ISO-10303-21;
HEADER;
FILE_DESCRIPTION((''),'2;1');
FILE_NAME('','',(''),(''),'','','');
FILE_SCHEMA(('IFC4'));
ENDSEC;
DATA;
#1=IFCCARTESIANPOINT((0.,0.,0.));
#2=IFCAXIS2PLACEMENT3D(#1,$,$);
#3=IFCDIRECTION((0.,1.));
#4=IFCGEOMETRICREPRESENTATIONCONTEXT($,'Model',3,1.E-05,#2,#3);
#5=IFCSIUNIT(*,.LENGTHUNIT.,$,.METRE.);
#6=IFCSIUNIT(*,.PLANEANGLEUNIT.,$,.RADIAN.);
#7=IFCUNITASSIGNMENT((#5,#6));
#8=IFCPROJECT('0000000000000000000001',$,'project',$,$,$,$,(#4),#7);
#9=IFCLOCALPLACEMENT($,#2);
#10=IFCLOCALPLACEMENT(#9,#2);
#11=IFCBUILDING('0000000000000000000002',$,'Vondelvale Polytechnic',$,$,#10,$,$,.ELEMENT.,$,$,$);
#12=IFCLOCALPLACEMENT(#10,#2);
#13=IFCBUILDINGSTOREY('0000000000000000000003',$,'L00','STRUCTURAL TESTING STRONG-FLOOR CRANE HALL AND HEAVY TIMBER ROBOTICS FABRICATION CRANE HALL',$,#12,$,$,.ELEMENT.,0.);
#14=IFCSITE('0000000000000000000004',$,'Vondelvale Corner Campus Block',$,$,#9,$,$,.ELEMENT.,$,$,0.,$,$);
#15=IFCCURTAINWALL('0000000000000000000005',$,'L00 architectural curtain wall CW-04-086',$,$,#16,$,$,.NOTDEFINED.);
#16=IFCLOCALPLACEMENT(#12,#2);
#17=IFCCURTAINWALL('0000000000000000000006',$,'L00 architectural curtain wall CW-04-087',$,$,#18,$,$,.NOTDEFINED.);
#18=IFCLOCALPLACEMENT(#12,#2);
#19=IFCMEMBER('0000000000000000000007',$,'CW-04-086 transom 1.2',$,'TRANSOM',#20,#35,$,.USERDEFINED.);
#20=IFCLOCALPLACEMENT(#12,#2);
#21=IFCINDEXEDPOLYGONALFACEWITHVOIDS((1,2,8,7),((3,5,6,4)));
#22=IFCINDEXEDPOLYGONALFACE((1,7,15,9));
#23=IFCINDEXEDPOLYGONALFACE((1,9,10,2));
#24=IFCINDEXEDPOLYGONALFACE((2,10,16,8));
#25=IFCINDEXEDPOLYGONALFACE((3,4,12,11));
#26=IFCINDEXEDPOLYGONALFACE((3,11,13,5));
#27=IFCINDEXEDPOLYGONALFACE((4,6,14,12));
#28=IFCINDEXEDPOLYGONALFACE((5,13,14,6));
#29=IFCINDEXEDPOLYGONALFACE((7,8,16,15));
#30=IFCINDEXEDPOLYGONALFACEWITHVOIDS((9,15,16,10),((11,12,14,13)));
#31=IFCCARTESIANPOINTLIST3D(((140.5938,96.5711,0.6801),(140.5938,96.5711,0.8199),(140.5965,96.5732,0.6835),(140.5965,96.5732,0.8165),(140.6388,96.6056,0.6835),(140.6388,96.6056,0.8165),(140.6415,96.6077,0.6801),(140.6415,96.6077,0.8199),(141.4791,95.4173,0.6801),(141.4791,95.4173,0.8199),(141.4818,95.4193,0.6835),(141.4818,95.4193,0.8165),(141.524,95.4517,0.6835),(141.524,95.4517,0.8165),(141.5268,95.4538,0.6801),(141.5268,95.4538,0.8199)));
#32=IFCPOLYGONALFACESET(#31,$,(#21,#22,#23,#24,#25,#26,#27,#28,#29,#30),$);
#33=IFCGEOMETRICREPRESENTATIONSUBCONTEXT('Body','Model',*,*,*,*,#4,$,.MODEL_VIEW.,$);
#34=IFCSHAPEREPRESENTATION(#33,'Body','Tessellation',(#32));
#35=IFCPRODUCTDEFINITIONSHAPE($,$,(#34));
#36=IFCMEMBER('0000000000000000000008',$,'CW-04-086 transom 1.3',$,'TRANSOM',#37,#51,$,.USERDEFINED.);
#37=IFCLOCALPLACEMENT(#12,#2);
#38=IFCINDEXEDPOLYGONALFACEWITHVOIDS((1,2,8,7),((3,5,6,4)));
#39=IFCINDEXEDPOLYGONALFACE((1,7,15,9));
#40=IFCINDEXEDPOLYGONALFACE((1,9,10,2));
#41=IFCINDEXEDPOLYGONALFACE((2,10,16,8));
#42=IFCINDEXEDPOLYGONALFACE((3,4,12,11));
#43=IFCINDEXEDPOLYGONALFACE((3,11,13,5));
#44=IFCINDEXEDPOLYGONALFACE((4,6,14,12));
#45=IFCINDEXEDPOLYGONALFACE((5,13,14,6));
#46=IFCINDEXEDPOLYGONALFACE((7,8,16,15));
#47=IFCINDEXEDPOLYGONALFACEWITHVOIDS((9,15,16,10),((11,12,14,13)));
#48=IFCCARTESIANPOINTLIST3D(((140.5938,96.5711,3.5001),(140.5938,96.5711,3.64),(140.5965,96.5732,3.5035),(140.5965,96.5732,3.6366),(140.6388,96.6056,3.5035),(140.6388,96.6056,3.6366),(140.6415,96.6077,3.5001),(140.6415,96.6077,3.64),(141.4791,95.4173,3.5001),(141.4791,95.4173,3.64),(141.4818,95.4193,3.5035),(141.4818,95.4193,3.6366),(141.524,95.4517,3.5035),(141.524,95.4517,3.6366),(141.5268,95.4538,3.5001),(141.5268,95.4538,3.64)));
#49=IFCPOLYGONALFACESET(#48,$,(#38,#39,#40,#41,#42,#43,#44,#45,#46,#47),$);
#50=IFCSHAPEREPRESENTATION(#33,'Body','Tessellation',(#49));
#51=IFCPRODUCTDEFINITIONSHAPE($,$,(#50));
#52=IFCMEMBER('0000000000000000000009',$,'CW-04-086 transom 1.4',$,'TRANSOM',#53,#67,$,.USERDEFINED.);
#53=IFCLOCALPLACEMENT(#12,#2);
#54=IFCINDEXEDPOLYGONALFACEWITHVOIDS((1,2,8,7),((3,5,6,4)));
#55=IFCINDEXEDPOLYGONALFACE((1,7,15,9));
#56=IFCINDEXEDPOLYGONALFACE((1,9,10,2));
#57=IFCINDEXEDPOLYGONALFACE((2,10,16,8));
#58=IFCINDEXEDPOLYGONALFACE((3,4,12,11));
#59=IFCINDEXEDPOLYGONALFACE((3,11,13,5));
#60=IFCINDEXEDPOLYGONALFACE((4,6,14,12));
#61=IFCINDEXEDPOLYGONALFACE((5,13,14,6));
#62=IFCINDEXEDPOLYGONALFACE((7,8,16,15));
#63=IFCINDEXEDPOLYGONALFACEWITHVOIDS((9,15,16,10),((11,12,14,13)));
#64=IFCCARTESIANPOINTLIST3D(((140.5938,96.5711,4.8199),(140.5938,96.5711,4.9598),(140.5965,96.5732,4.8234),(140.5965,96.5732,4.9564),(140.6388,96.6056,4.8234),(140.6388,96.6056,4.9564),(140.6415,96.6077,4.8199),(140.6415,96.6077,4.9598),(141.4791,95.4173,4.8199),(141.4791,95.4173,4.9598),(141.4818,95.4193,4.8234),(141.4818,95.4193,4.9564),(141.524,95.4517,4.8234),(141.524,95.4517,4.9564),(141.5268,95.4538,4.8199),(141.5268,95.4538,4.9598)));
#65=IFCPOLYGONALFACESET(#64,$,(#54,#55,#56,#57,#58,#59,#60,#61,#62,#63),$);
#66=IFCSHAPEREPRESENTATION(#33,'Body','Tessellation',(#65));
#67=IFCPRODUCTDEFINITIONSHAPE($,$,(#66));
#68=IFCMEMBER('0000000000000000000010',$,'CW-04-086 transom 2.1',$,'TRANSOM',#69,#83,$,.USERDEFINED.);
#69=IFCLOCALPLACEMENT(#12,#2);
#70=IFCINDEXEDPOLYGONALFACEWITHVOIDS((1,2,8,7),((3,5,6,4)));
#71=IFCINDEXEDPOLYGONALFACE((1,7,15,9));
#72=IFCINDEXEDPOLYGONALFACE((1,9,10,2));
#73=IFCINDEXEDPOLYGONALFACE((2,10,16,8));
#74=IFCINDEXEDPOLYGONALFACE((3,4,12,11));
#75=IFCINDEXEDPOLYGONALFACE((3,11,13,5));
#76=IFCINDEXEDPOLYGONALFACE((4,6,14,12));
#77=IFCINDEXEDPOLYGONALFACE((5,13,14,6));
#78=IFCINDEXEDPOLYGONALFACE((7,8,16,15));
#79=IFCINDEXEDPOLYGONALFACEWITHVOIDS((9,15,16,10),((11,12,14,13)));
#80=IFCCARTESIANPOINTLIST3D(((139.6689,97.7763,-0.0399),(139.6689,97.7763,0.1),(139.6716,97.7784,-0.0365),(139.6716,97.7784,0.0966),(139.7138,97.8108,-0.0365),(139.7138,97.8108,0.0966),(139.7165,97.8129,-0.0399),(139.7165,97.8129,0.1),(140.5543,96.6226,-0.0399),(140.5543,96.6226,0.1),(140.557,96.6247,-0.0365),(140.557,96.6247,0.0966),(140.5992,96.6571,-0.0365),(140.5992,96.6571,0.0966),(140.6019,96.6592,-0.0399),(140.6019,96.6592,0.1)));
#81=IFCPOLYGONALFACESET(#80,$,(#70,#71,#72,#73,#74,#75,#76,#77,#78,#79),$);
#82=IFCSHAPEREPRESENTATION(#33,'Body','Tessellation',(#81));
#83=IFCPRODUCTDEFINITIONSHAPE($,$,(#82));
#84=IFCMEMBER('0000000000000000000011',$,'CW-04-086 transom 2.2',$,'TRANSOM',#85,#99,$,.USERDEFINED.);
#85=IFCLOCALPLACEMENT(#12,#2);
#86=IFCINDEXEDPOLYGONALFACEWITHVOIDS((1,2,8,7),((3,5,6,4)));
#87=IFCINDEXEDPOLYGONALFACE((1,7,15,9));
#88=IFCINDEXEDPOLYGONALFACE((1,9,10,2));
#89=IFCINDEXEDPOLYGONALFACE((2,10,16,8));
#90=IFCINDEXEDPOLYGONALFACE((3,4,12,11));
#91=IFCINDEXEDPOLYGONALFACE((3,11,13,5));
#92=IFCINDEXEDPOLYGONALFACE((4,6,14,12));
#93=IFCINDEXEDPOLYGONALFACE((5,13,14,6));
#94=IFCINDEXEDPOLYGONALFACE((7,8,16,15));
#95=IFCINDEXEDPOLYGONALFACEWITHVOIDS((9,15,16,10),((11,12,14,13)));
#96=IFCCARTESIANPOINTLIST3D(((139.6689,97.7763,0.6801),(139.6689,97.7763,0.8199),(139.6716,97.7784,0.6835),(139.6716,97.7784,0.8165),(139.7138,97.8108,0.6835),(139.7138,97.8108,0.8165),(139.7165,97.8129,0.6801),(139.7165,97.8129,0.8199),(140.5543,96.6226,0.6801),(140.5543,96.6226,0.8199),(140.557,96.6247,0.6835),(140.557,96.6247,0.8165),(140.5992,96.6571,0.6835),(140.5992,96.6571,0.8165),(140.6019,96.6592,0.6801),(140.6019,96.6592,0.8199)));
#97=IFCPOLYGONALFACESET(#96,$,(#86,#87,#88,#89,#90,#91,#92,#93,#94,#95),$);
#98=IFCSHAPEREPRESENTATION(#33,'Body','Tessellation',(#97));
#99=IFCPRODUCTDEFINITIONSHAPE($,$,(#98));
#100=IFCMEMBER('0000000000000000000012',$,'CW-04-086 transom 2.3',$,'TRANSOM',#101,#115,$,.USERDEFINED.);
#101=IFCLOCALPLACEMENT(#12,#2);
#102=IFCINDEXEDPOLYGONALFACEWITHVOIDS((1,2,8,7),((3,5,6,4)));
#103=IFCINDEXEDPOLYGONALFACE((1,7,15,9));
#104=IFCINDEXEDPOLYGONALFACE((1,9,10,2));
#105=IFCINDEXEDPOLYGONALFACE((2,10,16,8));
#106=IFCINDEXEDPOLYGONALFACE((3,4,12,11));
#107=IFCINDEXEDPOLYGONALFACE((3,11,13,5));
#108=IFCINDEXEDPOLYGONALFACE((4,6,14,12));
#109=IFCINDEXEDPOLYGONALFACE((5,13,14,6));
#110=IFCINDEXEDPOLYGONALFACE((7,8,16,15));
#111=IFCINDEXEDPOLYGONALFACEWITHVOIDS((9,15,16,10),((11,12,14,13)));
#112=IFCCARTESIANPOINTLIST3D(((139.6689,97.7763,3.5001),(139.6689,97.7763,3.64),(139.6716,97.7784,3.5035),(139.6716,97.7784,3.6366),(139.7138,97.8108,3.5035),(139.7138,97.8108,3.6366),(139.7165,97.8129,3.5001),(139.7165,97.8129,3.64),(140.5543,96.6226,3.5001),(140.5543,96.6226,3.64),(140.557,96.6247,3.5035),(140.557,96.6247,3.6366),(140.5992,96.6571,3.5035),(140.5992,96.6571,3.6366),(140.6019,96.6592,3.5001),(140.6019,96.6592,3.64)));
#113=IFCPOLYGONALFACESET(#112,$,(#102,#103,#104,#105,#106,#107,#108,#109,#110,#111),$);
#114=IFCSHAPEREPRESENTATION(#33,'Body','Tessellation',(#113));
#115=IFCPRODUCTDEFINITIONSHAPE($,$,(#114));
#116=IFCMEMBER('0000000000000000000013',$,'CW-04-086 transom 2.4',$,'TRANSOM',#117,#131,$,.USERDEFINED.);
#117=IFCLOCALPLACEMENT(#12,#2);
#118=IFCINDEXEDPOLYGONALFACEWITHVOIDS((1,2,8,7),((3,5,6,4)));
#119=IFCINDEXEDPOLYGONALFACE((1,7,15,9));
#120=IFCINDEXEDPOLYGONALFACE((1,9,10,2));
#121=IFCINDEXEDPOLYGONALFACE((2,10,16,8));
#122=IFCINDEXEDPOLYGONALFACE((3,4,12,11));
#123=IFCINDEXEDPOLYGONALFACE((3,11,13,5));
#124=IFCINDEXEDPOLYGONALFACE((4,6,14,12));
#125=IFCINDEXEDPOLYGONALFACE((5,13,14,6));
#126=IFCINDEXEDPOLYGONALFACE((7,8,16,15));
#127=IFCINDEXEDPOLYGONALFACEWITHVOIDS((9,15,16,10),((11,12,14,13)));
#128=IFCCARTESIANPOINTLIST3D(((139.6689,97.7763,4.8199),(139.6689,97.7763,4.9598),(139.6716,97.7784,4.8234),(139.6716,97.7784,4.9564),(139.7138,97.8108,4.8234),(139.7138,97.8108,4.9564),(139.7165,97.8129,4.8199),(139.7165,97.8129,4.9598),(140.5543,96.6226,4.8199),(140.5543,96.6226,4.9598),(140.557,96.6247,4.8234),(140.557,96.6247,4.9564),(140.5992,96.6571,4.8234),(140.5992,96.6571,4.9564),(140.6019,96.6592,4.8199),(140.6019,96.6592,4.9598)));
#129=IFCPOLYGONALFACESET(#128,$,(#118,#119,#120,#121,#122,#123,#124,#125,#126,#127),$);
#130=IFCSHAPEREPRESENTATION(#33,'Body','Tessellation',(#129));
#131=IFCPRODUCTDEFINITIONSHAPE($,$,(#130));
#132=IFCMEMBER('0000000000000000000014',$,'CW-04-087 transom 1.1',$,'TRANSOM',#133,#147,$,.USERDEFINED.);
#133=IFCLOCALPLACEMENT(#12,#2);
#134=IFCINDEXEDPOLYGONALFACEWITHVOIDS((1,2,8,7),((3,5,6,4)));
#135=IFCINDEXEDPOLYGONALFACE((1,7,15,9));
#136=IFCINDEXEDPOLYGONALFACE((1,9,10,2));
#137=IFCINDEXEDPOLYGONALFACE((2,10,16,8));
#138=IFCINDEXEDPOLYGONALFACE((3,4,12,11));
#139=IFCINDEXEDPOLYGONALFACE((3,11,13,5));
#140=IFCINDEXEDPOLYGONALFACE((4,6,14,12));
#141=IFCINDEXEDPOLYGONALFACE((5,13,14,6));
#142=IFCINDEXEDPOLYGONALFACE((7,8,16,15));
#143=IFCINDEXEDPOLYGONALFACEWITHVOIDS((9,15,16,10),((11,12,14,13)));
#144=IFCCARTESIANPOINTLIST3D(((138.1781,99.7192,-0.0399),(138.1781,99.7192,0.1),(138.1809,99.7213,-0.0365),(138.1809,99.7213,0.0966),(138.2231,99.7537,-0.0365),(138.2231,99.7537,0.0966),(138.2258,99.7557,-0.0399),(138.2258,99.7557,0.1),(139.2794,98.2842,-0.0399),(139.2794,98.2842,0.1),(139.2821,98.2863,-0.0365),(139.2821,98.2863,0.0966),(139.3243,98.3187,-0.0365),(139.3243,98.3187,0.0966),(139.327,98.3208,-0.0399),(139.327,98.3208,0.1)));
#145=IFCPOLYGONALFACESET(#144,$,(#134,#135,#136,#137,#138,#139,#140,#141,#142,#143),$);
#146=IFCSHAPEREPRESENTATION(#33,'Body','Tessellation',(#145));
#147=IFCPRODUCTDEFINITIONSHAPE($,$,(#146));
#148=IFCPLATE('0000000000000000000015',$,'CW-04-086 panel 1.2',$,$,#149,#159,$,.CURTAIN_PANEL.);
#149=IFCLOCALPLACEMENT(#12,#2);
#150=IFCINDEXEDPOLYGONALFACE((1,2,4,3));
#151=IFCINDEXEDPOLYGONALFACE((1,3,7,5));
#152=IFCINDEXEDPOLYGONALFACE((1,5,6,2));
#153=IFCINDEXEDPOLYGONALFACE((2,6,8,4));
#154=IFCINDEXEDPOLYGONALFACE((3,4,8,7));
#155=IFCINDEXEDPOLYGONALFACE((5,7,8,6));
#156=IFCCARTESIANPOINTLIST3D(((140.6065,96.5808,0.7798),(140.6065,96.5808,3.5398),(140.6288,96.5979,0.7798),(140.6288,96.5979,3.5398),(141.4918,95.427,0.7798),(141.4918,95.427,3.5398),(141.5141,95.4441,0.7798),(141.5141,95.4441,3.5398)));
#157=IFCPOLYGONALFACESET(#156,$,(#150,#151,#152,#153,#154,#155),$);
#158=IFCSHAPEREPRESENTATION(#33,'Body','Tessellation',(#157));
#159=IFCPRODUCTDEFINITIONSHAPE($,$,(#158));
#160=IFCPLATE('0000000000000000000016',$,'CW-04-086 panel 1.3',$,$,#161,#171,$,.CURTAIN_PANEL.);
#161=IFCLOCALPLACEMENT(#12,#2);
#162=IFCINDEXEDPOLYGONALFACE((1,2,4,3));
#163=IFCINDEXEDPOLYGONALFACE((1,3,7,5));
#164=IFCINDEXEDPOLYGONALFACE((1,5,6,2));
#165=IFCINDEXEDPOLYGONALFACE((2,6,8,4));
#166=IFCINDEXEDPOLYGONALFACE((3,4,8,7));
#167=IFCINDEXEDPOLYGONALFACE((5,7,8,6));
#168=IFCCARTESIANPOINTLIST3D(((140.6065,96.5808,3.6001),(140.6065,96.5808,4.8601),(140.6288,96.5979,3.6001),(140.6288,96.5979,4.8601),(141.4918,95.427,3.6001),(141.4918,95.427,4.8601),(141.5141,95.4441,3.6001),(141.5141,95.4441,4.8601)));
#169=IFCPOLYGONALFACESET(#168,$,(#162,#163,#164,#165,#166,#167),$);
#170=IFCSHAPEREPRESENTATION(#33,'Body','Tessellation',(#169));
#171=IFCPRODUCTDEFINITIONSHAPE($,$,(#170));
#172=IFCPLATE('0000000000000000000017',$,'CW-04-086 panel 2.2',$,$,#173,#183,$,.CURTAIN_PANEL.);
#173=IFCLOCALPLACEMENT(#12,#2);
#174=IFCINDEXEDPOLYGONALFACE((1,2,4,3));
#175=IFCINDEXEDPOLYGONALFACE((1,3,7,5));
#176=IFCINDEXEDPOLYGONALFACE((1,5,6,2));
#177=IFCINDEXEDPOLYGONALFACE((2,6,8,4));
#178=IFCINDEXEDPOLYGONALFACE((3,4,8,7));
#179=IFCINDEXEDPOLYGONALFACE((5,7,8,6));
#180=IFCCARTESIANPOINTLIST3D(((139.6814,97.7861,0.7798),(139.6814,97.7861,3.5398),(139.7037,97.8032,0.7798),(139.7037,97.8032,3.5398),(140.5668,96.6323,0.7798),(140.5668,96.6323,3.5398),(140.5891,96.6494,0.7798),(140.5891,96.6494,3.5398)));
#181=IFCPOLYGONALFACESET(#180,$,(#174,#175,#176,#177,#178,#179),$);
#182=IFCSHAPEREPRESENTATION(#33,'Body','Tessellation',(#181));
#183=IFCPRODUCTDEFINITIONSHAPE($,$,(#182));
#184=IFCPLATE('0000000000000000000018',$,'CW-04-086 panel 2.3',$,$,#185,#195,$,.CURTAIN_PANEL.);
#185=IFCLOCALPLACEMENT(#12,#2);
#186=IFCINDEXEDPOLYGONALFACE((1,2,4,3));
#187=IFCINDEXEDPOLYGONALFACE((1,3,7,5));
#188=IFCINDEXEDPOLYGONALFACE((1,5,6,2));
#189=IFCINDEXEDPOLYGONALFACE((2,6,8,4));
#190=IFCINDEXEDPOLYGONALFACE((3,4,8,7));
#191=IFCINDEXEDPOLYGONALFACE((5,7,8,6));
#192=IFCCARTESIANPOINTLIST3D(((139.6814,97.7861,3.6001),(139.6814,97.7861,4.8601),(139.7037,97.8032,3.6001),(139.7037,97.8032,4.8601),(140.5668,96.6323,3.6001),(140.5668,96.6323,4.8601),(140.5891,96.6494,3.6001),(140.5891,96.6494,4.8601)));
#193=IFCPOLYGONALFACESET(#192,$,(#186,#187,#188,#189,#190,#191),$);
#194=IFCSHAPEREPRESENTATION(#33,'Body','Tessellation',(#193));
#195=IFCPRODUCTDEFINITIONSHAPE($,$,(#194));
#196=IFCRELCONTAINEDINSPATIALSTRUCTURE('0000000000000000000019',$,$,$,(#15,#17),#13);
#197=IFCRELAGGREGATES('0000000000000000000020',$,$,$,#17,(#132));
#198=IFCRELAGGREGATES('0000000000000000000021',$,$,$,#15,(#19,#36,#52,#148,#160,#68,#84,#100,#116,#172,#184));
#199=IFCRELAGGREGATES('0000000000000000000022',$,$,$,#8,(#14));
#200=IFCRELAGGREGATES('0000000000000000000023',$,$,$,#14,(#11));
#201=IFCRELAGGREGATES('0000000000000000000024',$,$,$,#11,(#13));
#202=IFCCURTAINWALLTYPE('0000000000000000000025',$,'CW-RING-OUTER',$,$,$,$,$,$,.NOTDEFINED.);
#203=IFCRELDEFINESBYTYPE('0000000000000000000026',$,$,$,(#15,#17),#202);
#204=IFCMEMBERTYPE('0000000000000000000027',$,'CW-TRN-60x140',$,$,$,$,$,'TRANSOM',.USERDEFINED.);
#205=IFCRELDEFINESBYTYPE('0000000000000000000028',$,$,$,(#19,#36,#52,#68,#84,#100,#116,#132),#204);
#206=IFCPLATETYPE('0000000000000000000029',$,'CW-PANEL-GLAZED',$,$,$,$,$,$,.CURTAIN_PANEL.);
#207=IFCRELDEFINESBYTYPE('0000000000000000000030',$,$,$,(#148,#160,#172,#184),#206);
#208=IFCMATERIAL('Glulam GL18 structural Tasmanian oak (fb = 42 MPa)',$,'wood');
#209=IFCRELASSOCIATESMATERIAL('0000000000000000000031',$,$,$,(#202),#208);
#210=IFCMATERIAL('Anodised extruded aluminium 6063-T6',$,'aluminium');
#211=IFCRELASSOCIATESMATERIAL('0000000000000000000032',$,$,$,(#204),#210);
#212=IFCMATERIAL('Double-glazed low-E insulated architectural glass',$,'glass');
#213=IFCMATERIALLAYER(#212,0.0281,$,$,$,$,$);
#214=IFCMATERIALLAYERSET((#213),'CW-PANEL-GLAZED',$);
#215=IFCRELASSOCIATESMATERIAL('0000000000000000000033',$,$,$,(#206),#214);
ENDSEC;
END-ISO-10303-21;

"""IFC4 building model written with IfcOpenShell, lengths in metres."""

from ifc_helpers import new_model, si_unit, direction, frame, origin, origin_2d, place, context, subcontext, project, spatial, rectangle, hollow_rectangle, extrude, material, layer, layer_set, material_profile, profile_set, type_object, element, aggregate, save


model = new_model("IFC4")

# Units and contexts
model_context = context("Model", 3, precision=1e-05, world=origin(), true_north=direction((0.0, 1.0)))
body_context = subcontext(model_context, "Body", "Model", "MODEL_VIEW")
ifc_project = project(units=[si_unit("LENGTHUNIT", "METRE"), si_unit("PLANEANGLEUNIT", "RADIAN")], contexts=[model_context])

# Site, building, storey
site_placement = place(None, origin())
site = spatial("IfcSite", under=ifc_project, at=site_placement, Name="Vondelvale Corner Campus Block", CompositionType="ELEMENT", RefElevation=0.0)
building_placement = place(site_placement, origin())
building = spatial("IfcBuilding", under=site, at=building_placement, Name="Vondelvale Polytechnic", CompositionType="ELEMENT")
storey_placement = place(building_placement, origin())
storey = spatial("IfcBuildingStorey", under=building, at=storey_placement, Name="L00", Description="STRUCTURAL TESTING STRONG-FLOOR CRANE HALL AND HEAVY TIMBER ROBOTICS FABRICATION CRANE HALL", CompositionType="ELEMENT", Elevation=0.0)

# Shared definitions
ifc_material_1 = material(Name="Glulam GL18 structural Tasmanian oak (fb = 42 MPa)", Category="wood")

# Curtain wall
curtain_wall_type = type_object("IfcCurtainWallType", Name="CW-RING-OUTER", PredefinedType="NOTDEFINED", material=ifc_material_1)
curtain_wall_1_placement = place(storey_placement, origin())
curtain_wall_1 = element("IfcCurtainWall", 1, at=curtain_wall_1_placement, inside=storey, type_object=curtain_wall_type, Name="L00 architectural curtain wall CW-04-086", PredefinedType="NOTDEFINED")
ifc_material_2 = material(Name="Anodised extruded aluminium 6063-T6", Category="aluminium")

# Curtain wall
curtain_wall_2_placement = place(storey_placement, origin())
curtain_wall_2 = element("IfcCurtainWall", 2, at=curtain_wall_2_placement, inside=storey, type_object=curtain_wall_type, Name="L00 architectural curtain wall CW-04-087", PredefinedType="NOTDEFINED")

# Members
ifc_material_profile_1 = material_profile(ifc_material_2, hollow_rectangle(XDim=0.0601, YDim=0.1399, WallThickness=0.0034, at=origin_2d()), Name="CW-TRN-140x60")
ifc_profile_set_1 = profile_set([ifc_material_profile_1], Name="Anodised extruded aluminium 6063-T6")
member_type_1 = type_object("IfcMemberType", Name="CW-TRN-60x140", ElementType="TRANSOM", PredefinedType="USERDEFINED", material=ifc_profile_set_1)
member_1_placement = place(storey_placement, frame((141.5029, 95.4355, 0.75), z_axis=(-0.608721, 0.793385, 0.0), x_axis=(-0.793385, -0.608721, 0.0)))
member_1 = element("IfcMember", 3, at=member_1_placement, type_object=member_type_1, Name="CW-04-086 transom 1.2", ObjectType="TRANSOM", PredefinedType="USERDEFINED", context=body_context, shape_type="SweptSolid", body=[
    extrude(hollow_rectangle(XDim=0.0601, YDim=0.1399, WallThickness=0.0034, at=origin_2d()), origin(), (0.0, 0.0, 1.0), 1.4543),
])
member_2_placement = place(storey_placement, frame((141.5029, 95.4355, 3.5701), z_axis=(-0.608721, 0.793385, 0.0), x_axis=(-0.793385, -0.608721, 0.0)))
member_2 = element("IfcMember", 4, at=member_2_placement, type_object=member_type_1, Name="CW-04-086 transom 1.3", ObjectType="TRANSOM", PredefinedType="USERDEFINED", context=body_context, shape_type="SweptSolid", body=[
    extrude(hollow_rectangle(XDim=0.0601, YDim=0.1399, WallThickness=0.0034, at=origin_2d()), origin(), (0.0, 0.0, 1.0), 1.4543),
])
member_3_placement = place(storey_placement, frame((141.5029, 95.4355, 4.8899), z_axis=(-0.608721, 0.793385, 0.0), x_axis=(-0.793385, -0.608721, 0.0)))
member_3 = element("IfcMember", 5, at=member_3_placement, type_object=member_type_1, Name="CW-04-086 transom 1.4", ObjectType="TRANSOM", PredefinedType="USERDEFINED", context=body_context, shape_type="SweptSolid", body=[
    extrude(hollow_rectangle(XDim=0.0601, YDim=0.1399, WallThickness=0.0034, at=origin_2d()), origin(), (0.0, 0.0, 1.0), 1.4543),
])
member_4_placement = place(storey_placement, frame((140.5781, 96.6409, 0.03), z_axis=(-0.608826, 0.793304, 0.0), x_axis=(-0.793304, -0.608826, 0.0)))
member_4 = element("IfcMember", 6, at=member_4_placement, type_object=member_type_1, Name="CW-04-086 transom 2.1", ObjectType="TRANSOM", PredefinedType="USERDEFINED", context=body_context, shape_type="SweptSolid", body=[
    extrude(hollow_rectangle(XDim=0.0601, YDim=0.1399, WallThickness=0.0034, at=origin_2d()), origin(), (0.0, 0.0, 1.0), 1.4543),
])
member_5_placement = place(storey_placement, frame((140.5781, 96.6409, 0.75), z_axis=(-0.608826, 0.793304, 0.0), x_axis=(-0.793304, -0.608826, 0.0)))
member_5 = element("IfcMember", 7, at=member_5_placement, type_object=member_type_1, Name="CW-04-086 transom 2.2", ObjectType="TRANSOM", PredefinedType="USERDEFINED", context=body_context, shape_type="SweptSolid", body=[
    extrude(hollow_rectangle(XDim=0.0601, YDim=0.1399, WallThickness=0.0034, at=origin_2d()), origin(), (0.0, 0.0, 1.0), 1.4543),
])
member_6_placement = place(storey_placement, frame((140.5781, 96.6409, 3.5701), z_axis=(-0.608826, 0.793304, 0.0), x_axis=(-0.793304, -0.608826, 0.0)))
member_6 = element("IfcMember", 8, at=member_6_placement, type_object=member_type_1, Name="CW-04-086 transom 2.3", ObjectType="TRANSOM", PredefinedType="USERDEFINED", context=body_context, shape_type="SweptSolid", body=[
    extrude(hollow_rectangle(XDim=0.0601, YDim=0.1399, WallThickness=0.0034, at=origin_2d()), origin(), (0.0, 0.0, 1.0), 1.4543),
])
member_7_placement = place(storey_placement, frame((140.5781, 96.6409, 4.8899), z_axis=(-0.608826, 0.793304, 0.0), x_axis=(-0.793304, -0.608826, 0.0)))
member_7 = element("IfcMember", 9, at=member_7_placement, type_object=member_type_1, Name="CW-04-086 transom 2.4", ObjectType="TRANSOM", PredefinedType="USERDEFINED", context=body_context, shape_type="SweptSolid", body=[
    extrude(hollow_rectangle(XDim=0.0601, YDim=0.1399, WallThickness=0.0034, at=origin_2d()), origin(), (0.0, 0.0, 1.0), 1.4543),
])
member_8_placement = place(storey_placement, frame((139.3032, 98.3025, 0.03), z_axis=(-0.608817, 0.793311, 0.0), x_axis=(-0.793311, -0.608817, 0.0)))
member_8 = element("IfcMember", 10, at=member_8_placement, type_object=member_type_1, Name="CW-04-087 transom 1.1", ObjectType="TRANSOM", PredefinedType="USERDEFINED", context=body_context, shape_type="SweptSolid", body=[
    extrude(hollow_rectangle(XDim=0.0601, YDim=0.1399, WallThickness=0.0034, at=origin_2d()), origin(), (0.0, 0.0, 1.0), 1.8088),
])
aggregate(curtain_wall_2, [member_8])

# Plates
ifc_material_3 = material(Name="Double-glazed low-E insulated architectural glass", Category="glass")
ifc_layer_1 = layer(ifc_material_3, 0.0281)
ifc_layer_set_1 = layer_set([ifc_layer_1], Name="CW-PANEL-GLAZED")
plate_type_1 = type_object("IfcPlateType", Name="CW-PANEL-GLAZED", PredefinedType="CURTAIN_PANEL", material=ifc_layer_set_1)
plate_1_placement = place(storey_placement, frame((141.0603, 96.0125, 0.7798), z_axis=(0.0, 0.0, 1.0), x_axis=(-0.608764, 0.793352, 0.0)))
plate_1 = element("IfcPlate", 11, at=plate_1_placement, type_object=plate_type_1, Name="CW-04-086 panel 1.2", PredefinedType="CURTAIN_PANEL", context=body_context, shape_type="SweptSolid", body=[
    extrude(rectangle(XDim=1.4543, YDim=0.0281, at=origin_2d()), origin(), (0.0, 0.0, 1.0), 2.76),
])
plate_2_placement = place(storey_placement, frame((141.0603, 96.0125, 3.6001), z_axis=(0.0, 0.0, 1.0), x_axis=(-0.608764, 0.793352, 0.0)))
plate_2 = element("IfcPlate", 12, at=plate_2_placement, type_object=plate_type_1, Name="CW-04-086 panel 1.3", PredefinedType="CURTAIN_PANEL", context=body_context, shape_type="SweptSolid", body=[
    extrude(rectangle(XDim=1.4543, YDim=0.0281, at=origin_2d()), origin(), (0.0, 0.0, 1.0), 1.26),
])
plate_3_placement = place(storey_placement, frame((140.1353, 97.2178, 0.7798), z_axis=(0.0, 0.0, 1.0), x_axis=(-0.608764, 0.793352, 0.0)))
plate_3 = element("IfcPlate", 13, at=plate_3_placement, type_object=plate_type_1, Name="CW-04-086 panel 2.2", PredefinedType="CURTAIN_PANEL", context=body_context, shape_type="SweptSolid", body=[
    extrude(rectangle(XDim=1.4543, YDim=0.0281, at=origin_2d()), origin(), (0.0, 0.0, 1.0), 2.76),
])
plate_4_placement = place(storey_placement, frame((140.1353, 97.2178, 3.6001), z_axis=(0.0, 0.0, 1.0), x_axis=(-0.608764, 0.793352, 0.0)))
plate_4 = element("IfcPlate", 14, at=plate_4_placement, type_object=plate_type_1, Name="CW-04-086 panel 2.3", PredefinedType="CURTAIN_PANEL", context=body_context, shape_type="SweptSolid", body=[
    extrude(rectangle(XDim=1.4543, YDim=0.0281, at=origin_2d()), origin(), (0.0, 0.0, 1.0), 1.26),
])
aggregate(curtain_wall_1, [member_1, member_2, member_3, plate_1, plate_2, member_4, member_5, member_6, member_7, plate_3, plate_4])

save(model, "model.ifc")
